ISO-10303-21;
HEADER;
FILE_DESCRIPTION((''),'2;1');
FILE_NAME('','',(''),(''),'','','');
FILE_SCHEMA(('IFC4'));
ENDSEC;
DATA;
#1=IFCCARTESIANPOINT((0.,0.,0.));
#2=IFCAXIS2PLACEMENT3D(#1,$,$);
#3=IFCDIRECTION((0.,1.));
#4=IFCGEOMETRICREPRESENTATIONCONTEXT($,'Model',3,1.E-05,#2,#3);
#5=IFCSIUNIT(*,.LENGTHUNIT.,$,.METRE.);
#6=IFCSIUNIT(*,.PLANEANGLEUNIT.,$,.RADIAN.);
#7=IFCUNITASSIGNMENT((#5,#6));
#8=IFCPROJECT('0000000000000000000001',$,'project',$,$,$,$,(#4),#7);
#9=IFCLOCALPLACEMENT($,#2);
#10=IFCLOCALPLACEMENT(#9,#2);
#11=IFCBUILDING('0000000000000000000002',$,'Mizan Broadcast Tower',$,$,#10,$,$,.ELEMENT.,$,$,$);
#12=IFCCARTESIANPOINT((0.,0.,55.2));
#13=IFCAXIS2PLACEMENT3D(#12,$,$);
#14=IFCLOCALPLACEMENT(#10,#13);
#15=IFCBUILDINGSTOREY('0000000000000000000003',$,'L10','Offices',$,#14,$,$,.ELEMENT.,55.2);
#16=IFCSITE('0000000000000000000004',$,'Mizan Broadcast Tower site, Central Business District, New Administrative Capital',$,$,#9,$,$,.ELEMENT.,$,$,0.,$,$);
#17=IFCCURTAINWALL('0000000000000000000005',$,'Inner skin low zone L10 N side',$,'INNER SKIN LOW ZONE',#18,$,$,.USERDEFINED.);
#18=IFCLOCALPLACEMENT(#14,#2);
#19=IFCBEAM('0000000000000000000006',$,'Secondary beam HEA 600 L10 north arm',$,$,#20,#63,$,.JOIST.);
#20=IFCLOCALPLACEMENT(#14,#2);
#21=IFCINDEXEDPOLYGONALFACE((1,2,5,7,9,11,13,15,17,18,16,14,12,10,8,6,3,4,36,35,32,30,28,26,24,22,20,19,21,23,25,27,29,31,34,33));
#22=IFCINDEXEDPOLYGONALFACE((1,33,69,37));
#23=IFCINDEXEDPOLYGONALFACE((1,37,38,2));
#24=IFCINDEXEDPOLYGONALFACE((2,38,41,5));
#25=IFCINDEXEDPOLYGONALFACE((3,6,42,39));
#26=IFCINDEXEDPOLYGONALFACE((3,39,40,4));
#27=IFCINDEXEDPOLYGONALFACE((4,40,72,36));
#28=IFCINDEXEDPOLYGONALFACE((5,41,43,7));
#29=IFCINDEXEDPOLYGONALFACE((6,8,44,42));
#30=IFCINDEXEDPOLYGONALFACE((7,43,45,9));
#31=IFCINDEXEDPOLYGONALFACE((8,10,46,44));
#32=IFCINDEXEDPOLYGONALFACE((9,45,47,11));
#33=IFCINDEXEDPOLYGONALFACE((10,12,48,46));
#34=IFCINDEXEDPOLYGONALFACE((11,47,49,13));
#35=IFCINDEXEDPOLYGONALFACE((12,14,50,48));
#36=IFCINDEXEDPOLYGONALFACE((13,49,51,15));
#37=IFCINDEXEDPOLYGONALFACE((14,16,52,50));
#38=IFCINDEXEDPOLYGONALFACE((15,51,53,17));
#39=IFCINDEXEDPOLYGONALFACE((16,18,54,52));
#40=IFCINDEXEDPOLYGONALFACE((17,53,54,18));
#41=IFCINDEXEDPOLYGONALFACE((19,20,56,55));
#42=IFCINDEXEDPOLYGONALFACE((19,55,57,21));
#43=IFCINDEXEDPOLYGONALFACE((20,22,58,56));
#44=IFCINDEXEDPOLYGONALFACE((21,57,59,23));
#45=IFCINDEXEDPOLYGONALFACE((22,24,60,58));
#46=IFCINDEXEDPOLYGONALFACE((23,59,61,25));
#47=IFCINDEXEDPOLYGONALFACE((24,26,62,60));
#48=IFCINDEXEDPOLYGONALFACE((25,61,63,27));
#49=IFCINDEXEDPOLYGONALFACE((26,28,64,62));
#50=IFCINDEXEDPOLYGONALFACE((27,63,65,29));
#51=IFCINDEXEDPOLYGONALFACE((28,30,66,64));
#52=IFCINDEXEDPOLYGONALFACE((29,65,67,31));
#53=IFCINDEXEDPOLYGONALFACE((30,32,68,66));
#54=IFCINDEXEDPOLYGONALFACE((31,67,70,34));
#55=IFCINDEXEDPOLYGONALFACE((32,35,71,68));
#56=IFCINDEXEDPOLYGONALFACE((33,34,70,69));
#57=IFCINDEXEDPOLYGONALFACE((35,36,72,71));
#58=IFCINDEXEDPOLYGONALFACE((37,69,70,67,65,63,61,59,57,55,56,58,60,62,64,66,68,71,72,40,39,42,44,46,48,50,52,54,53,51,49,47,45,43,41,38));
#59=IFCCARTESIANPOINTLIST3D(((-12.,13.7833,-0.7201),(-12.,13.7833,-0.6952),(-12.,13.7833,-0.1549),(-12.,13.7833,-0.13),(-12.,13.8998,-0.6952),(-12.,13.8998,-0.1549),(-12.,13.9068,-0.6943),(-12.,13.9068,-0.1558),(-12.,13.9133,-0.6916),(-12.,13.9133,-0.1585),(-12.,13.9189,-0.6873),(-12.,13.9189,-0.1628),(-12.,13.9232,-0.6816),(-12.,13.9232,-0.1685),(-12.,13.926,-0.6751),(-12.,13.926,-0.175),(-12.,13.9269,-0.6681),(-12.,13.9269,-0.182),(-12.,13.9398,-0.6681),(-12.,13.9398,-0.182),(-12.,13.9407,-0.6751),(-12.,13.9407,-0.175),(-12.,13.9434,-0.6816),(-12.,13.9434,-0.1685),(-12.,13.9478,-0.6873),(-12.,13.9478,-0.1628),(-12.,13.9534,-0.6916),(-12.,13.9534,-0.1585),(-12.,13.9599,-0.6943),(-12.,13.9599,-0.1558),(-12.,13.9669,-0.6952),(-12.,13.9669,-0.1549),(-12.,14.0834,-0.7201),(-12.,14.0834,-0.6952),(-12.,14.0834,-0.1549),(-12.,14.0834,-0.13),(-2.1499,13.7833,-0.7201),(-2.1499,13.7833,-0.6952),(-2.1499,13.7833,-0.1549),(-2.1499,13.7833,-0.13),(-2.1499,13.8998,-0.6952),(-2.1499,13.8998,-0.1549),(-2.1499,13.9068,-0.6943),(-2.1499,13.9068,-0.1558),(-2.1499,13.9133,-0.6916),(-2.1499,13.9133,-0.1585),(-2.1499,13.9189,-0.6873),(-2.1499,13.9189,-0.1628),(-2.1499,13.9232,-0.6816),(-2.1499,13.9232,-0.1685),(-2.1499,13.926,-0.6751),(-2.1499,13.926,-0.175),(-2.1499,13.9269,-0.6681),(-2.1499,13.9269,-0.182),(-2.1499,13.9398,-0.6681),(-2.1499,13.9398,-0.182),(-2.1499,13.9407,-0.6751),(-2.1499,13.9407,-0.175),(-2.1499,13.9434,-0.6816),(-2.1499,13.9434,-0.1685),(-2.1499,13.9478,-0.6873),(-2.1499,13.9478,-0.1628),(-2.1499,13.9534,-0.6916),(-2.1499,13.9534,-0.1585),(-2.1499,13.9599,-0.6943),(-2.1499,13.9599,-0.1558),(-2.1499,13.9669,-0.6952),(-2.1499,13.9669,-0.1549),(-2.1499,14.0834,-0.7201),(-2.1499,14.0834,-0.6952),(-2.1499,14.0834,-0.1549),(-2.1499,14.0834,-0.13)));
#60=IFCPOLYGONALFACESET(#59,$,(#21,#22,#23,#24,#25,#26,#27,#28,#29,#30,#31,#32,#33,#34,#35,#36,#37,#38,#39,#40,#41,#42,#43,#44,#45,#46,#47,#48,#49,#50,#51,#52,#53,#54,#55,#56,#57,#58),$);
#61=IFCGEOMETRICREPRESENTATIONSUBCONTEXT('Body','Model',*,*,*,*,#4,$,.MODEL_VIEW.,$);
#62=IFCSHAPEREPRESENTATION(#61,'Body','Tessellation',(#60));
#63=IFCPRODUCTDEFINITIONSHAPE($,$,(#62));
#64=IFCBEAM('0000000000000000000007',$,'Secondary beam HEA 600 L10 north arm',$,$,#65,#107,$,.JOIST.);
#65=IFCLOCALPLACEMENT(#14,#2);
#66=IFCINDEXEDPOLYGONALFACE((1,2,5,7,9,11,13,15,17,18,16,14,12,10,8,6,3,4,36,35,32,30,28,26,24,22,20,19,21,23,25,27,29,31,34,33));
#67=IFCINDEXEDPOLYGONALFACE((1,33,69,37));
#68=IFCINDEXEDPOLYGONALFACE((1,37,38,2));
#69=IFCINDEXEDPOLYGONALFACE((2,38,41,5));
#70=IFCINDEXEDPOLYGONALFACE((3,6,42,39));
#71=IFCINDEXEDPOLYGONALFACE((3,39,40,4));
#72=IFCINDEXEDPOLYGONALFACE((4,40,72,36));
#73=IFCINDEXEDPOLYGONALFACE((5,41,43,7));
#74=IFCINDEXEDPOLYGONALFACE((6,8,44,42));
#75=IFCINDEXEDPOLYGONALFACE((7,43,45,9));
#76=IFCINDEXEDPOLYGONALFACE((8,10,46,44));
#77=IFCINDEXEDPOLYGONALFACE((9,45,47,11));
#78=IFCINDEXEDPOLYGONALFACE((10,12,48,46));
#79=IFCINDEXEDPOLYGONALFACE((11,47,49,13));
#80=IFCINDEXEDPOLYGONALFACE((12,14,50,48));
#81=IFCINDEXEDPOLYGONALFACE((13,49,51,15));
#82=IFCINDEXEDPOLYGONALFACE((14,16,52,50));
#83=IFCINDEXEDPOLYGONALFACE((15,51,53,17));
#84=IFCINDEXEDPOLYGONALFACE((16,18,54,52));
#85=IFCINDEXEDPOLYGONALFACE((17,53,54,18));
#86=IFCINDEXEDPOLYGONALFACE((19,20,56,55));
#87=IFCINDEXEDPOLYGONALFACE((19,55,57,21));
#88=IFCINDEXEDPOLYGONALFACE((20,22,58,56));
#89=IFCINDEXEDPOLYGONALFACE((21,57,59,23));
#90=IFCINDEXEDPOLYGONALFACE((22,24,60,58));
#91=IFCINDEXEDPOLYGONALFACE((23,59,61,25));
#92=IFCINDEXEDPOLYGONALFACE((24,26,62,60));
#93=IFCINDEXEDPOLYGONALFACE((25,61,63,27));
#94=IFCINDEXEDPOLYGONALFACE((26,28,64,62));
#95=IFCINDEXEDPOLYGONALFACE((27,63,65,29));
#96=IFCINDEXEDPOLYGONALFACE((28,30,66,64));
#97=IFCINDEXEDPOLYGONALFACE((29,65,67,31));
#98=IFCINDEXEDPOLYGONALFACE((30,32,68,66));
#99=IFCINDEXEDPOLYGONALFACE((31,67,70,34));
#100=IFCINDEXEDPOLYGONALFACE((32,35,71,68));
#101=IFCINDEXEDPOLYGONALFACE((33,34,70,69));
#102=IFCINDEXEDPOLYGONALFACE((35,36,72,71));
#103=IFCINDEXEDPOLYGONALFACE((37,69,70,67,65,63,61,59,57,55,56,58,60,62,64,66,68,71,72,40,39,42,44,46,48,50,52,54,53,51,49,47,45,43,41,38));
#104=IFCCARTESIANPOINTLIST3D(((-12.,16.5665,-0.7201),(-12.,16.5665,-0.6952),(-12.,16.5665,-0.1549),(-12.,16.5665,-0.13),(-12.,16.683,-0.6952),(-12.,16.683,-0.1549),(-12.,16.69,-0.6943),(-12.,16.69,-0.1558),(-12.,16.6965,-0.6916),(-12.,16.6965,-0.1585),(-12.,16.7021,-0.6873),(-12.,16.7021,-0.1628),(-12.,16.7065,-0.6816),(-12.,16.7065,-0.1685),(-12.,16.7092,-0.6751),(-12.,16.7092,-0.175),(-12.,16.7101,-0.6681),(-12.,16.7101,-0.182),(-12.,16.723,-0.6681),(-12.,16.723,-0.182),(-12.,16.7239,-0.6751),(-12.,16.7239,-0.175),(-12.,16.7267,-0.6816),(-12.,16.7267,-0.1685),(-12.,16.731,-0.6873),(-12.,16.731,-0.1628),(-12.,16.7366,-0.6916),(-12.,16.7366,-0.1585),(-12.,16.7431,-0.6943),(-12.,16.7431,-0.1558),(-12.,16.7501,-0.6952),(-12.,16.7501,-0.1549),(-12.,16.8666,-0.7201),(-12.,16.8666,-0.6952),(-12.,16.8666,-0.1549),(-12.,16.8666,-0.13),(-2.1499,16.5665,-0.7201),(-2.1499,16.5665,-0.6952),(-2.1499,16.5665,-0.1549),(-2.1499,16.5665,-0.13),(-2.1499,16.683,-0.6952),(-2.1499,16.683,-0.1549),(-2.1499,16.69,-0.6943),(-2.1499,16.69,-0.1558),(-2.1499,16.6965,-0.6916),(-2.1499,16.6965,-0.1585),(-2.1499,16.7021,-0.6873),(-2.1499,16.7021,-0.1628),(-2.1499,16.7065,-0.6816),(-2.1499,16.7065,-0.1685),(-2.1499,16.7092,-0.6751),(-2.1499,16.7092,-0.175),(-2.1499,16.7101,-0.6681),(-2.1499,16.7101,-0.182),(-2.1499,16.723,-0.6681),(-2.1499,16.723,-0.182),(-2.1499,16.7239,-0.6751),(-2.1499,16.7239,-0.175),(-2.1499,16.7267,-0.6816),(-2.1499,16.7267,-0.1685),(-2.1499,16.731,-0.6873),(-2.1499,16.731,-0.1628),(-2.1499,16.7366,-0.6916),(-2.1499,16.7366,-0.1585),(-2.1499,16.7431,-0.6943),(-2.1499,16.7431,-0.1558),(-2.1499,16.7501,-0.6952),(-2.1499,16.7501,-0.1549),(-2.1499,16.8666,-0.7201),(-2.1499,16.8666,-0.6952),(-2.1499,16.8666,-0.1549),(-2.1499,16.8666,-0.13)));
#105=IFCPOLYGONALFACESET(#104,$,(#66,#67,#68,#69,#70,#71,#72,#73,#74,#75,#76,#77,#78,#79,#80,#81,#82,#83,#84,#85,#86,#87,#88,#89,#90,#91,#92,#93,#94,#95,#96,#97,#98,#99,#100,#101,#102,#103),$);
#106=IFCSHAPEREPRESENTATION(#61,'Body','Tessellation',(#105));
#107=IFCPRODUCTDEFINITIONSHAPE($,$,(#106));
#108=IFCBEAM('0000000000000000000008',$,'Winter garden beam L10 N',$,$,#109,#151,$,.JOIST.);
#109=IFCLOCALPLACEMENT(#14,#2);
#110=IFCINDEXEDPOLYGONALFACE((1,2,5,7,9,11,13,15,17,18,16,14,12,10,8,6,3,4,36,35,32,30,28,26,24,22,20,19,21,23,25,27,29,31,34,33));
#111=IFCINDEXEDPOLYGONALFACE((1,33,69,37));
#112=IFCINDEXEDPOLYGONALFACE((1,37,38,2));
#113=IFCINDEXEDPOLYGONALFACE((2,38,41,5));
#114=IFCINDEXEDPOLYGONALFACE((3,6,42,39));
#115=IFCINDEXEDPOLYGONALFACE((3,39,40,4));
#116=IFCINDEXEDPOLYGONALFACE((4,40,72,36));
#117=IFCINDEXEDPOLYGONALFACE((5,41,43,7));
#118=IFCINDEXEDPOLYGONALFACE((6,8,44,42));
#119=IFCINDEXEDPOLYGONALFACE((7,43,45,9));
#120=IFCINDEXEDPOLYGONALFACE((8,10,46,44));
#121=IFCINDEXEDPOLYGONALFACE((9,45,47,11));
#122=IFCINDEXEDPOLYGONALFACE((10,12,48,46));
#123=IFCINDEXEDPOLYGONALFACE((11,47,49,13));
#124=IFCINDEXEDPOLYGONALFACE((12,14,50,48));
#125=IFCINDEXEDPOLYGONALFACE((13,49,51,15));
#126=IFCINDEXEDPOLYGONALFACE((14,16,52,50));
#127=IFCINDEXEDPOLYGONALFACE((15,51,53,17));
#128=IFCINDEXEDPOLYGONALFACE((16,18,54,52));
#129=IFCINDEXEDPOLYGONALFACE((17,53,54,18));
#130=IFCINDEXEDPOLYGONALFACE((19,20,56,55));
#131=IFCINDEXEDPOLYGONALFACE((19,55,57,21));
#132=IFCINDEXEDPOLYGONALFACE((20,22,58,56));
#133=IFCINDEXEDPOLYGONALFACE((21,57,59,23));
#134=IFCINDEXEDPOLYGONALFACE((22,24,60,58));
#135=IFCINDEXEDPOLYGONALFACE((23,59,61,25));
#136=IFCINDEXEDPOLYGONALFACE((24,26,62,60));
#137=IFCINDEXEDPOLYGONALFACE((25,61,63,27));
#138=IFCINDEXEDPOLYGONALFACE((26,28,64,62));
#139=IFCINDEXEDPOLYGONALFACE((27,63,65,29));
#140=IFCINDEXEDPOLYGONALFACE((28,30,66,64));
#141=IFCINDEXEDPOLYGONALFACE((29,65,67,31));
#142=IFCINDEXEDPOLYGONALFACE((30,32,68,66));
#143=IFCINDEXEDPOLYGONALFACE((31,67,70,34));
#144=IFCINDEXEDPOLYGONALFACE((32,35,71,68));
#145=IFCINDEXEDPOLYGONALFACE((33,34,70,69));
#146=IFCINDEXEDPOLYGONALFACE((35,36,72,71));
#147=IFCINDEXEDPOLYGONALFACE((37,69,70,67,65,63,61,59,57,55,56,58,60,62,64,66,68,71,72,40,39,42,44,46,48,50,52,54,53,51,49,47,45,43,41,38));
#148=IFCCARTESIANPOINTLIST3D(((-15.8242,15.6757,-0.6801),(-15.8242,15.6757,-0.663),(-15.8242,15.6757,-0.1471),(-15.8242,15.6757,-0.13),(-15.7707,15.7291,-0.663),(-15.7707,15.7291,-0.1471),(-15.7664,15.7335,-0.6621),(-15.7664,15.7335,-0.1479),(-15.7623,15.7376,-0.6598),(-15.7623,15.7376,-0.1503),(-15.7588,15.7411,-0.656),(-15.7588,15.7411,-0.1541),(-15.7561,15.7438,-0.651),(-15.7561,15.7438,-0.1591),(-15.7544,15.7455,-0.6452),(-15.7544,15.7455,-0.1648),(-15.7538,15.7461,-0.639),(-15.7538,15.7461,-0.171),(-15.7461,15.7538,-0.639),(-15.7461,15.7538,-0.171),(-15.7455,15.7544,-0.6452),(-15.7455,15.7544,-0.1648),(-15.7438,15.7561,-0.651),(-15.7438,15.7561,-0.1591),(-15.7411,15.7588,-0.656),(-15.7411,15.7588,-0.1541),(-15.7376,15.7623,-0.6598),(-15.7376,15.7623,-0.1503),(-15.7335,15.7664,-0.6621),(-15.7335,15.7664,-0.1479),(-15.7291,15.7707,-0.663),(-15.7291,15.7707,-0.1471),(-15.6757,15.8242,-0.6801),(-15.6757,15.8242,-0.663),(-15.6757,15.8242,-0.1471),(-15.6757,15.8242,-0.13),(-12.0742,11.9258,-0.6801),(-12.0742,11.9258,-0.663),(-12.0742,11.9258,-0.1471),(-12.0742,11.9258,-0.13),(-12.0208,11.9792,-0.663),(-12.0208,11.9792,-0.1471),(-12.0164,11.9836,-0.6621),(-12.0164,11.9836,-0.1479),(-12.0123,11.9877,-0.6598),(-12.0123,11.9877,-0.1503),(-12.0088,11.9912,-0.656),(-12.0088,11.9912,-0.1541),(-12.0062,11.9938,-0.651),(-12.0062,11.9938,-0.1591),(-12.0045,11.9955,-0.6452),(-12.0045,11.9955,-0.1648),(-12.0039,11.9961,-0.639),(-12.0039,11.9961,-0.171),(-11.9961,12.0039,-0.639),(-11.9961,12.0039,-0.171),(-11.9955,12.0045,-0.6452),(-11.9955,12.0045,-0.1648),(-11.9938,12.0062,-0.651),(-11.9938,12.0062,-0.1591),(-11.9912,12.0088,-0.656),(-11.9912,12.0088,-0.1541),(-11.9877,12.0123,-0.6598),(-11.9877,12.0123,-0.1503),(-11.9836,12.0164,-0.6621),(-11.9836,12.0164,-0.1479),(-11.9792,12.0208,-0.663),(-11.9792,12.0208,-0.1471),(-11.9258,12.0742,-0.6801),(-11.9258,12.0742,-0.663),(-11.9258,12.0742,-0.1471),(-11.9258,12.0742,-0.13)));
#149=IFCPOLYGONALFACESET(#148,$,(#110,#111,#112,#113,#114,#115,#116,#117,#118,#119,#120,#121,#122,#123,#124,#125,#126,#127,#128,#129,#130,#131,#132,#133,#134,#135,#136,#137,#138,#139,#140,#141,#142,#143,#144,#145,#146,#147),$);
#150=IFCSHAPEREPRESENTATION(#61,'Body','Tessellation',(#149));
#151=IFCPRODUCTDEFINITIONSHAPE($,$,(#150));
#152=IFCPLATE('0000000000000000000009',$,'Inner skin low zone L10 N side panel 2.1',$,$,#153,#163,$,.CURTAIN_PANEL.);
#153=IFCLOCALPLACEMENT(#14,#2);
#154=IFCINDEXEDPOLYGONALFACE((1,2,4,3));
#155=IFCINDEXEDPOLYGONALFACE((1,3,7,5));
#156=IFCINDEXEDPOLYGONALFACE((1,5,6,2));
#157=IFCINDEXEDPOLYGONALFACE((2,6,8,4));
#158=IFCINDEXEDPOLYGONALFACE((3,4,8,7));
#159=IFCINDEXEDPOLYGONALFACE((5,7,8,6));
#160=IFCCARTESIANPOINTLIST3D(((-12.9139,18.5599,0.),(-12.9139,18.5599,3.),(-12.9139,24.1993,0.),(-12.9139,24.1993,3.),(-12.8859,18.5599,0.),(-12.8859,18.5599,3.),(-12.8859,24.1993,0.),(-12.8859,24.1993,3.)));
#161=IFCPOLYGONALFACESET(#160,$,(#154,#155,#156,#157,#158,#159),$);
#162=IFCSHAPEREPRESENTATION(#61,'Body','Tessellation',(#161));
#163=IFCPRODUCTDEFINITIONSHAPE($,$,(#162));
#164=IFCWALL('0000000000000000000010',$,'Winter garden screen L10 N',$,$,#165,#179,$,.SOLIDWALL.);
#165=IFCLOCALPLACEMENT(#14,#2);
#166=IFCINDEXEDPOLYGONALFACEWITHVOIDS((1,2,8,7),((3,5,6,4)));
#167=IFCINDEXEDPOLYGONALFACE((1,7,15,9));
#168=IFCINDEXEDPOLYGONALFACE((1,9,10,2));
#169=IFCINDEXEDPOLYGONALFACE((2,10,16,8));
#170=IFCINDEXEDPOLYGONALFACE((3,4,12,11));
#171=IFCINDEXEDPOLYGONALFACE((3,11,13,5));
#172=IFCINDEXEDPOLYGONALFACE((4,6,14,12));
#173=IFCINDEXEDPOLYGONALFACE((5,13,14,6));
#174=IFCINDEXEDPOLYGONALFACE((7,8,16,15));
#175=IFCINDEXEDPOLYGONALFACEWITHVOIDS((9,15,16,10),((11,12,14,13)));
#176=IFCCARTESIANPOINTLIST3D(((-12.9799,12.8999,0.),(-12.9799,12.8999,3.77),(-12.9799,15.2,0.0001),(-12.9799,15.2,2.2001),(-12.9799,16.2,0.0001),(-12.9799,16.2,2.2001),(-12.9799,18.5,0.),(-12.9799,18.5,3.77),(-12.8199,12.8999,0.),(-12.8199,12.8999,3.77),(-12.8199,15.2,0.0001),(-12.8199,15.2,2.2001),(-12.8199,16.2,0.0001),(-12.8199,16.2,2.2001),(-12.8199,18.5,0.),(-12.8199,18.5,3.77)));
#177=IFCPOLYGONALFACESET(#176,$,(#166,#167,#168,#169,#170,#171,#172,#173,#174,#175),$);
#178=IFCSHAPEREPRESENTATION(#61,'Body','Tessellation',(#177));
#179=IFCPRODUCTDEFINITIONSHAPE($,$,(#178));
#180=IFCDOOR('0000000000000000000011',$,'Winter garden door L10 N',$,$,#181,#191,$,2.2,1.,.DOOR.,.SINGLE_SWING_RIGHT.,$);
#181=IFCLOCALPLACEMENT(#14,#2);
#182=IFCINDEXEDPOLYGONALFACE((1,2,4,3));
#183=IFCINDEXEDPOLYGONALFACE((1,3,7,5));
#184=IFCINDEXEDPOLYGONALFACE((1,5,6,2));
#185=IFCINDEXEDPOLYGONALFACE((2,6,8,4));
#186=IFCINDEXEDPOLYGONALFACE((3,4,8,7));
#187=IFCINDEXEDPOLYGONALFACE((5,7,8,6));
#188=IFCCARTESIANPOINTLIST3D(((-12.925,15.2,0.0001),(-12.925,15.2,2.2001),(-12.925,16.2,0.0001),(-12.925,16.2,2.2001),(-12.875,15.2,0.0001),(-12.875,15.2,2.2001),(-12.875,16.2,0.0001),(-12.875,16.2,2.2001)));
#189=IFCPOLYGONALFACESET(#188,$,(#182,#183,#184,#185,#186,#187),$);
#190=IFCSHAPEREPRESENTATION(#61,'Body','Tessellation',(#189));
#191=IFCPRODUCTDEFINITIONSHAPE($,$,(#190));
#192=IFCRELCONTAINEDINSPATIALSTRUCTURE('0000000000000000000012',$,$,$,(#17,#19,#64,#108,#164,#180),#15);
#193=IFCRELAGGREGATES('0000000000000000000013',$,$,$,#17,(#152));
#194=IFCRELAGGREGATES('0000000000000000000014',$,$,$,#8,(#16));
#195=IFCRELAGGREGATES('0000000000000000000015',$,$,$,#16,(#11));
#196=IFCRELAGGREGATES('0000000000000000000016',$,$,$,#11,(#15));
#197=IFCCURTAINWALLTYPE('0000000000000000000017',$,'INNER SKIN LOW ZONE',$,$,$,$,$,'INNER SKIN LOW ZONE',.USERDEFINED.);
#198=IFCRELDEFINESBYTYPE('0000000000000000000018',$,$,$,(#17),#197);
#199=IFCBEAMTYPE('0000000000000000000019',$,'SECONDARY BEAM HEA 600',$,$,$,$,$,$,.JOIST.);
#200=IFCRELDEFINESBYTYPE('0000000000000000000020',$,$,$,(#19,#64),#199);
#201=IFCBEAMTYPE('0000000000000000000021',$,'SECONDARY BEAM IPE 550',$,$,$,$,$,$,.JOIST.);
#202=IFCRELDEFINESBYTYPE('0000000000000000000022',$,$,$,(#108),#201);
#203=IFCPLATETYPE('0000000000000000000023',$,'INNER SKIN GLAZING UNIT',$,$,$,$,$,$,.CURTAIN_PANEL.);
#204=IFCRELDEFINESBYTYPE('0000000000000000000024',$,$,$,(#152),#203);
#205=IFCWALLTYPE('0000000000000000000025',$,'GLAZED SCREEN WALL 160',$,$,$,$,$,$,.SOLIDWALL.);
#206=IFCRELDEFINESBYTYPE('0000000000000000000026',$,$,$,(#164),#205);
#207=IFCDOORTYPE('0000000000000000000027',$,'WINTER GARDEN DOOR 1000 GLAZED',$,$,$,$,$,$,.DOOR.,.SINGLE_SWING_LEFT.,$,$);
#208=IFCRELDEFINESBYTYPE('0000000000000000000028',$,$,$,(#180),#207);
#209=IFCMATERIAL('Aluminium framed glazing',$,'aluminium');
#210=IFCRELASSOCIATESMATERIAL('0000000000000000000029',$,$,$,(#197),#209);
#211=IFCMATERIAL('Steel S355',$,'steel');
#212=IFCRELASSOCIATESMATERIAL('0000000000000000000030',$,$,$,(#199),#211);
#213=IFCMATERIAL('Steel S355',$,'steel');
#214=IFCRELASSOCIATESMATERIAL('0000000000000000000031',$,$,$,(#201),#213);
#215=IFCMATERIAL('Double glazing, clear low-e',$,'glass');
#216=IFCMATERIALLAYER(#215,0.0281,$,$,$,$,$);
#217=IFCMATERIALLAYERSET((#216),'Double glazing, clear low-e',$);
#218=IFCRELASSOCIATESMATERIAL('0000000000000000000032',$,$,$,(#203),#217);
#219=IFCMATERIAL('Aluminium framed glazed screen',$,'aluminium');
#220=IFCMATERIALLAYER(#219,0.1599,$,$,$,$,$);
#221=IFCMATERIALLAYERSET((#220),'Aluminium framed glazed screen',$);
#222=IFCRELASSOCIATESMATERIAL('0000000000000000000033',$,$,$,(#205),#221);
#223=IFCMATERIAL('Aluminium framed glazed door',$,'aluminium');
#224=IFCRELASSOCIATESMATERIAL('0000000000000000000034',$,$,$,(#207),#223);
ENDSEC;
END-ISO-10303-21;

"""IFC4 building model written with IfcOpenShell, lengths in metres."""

from ifc_helpers import new_model, si_unit, direction, frame, frame_2d, origin, origin_2d, place, context, subcontext, project, spatial, rectangle, i_section, extrude, material, layer, layer_set, material_profile, profile_set, type_object, element, fill, aggregate, save


model = new_model("IFC4")

# Units and contexts
model_context = context("Model", 3, precision=1e-05, world=origin(), true_north=direction((0.0, 1.0)))
body_context = subcontext(model_context, "Body", "Model", "MODEL_VIEW")
ifc_project = project(units=[si_unit("LENGTHUNIT", "METRE"), si_unit("PLANEANGLEUNIT", "RADIAN")], contexts=[model_context])

# Site, building, storey
site_placement = place(None, origin())
site = spatial("IfcSite", under=ifc_project, at=site_placement, Name="Mizan Broadcast Tower site, Central Business District, New Administrative Capital", CompositionType="ELEMENT", RefElevation=0.0)
building_placement = place(site_placement, origin())
building = spatial("IfcBuilding", under=site, at=building_placement, Name="Mizan Broadcast Tower", CompositionType="ELEMENT")
storey_placement = place(building_placement, frame((0.0, 0.0, 55.2)))
storey = spatial("IfcBuildingStorey", under=building, at=storey_placement, Name="L10", Description="Offices", CompositionType="ELEMENT", Elevation=55.2)

# Curtain wall
ifc_material_1 = material(Name="Aluminium framed glazing", Category="aluminium")
curtain_wall_type = type_object("IfcCurtainWallType", Name="INNER SKIN LOW ZONE", ElementType="INNER SKIN LOW ZONE", PredefinedType="USERDEFINED", material=ifc_material_1)
curtain_wall_placement = place(storey_placement, origin())
curtain_wall = element("IfcCurtainWall", 1, at=curtain_wall_placement, inside=storey, type_object=curtain_wall_type, Name="Inner skin low zone L10 N side", ObjectType="INNER SKIN LOW ZONE", PredefinedType="USERDEFINED")

# Beams
ifc_material_2 = material(Name="Steel S355", Category="steel")
ifc_material_profile_1 = material_profile(ifc_material_2, i_section(OverallWidth=0.3, OverallDepth=0.5901, WebThickness=0.0129, FlangeThickness=0.0249, FilletRadius=0.0271, at=origin_2d()), Name="HEA 600")
ifc_profile_set_1 = profile_set([ifc_material_profile_1], Name="Steel S355")
beam_type_1 = type_object("IfcBeamType", Name="SECONDARY BEAM HEA 600", PredefinedType="JOIST", material=ifc_profile_set_1)
for number, where, z_axis, x_axis, name in (
    (2, (-12.0, 13.9333, -0.425), (1.0, 0.0, 0.0), (0.0, 1.0, 0.0), "Secondary beam HEA 600 L10 north arm"),
    (3, (-12.0, 16.7166, -0.425), (1.0, 0.0, 0.0), (0.0, 1.0, 0.0), "Secondary beam HEA 600 L10 north arm"),
):
    element("IfcBeam", number, at=place(storey_placement, frame(where, z_axis=z_axis, x_axis=x_axis)), inside=storey, type_object=beam_type_1, Name=name, PredefinedType="JOIST", context=body_context, shape_type="SweptSolid", body=[
        extrude(i_section(OverallWidth=0.3, OverallDepth=0.5901, WebThickness=0.0129, FlangeThickness=0.0249, FilletRadius=0.0271, at=origin_2d()), origin(), (0.0, 0.0, 1.0), 9.8501),
    ])
ifc_material_3 = material(Name="Steel S355", Category="steel")
ifc_material_profile_2 = material_profile(ifc_material_3, i_section(OverallWidth=0.21, OverallDepth=0.55, WebThickness=0.011, FlangeThickness=0.0171, FilletRadius=0.0239, at=origin_2d()), Name="IPE 550")
ifc_profile_set_2 = profile_set([ifc_material_profile_2], Name="Steel S355")
beam_type_2 = type_object("IfcBeamType", Name="SECONDARY BEAM IPE 550", PredefinedType="JOIST", material=ifc_profile_set_2)
beam_1_placement = place(storey_placement, frame((-12.0, 12.0, -0.405), z_axis=(-0.707107, 0.707107, 0.0), x_axis=(-0.707107, -0.707107, 0.0)))
element("IfcBeam", 4, at=beam_1_placement, inside=storey, type_object=beam_type_2, Name="Winter garden beam L10 N", PredefinedType="JOIST", context=body_context, shape_type="SweptSolid", body=[
    extrude(i_section(OverallWidth=0.21, OverallDepth=0.55, WebThickness=0.011, FlangeThickness=0.0171, FilletRadius=0.0239, at=origin_2d()), origin(), (0.0, 0.0, 1.0), 5.3032),
])

# Plate
ifc_material_4 = material(Name="Double glazing, clear low-e", Category="glass")
ifc_layer_1 = layer(ifc_material_4, 0.0281)
ifc_layer_set_1 = layer_set([ifc_layer_1], Name="Double glazing, clear low-e")
plate_type = type_object("IfcPlateType", Name="INNER SKIN GLAZING UNIT", PredefinedType="CURTAIN_PANEL", material=ifc_layer_set_1)
plate_placement = place(storey_placement, frame((-12.8999, 21.3796, 0.0), z_axis=(0.0, 0.0, 1.0), x_axis=(0.0, -1.0, 0.0)))
plate = element("IfcPlate", 5, at=plate_placement, type_object=plate_type, Name="Inner skin low zone L10 N side panel 2.1", PredefinedType="CURTAIN_PANEL", context=body_context, shape_type="SweptSolid", body=[
    extrude(rectangle(XDim=5.6394, YDim=0.0281, at=origin_2d()), origin(), (0.0, 0.0, 1.0), 3.0),
])
aggregate(curtain_wall, [plate])

# Wall, opening, door
ifc_material_5 = material(Name="Aluminium framed glazed screen", Category="aluminium")
ifc_layer_2 = layer(ifc_material_5, 0.1599)
ifc_layer_set_2 = layer_set([ifc_layer_2], Name="Aluminium framed glazed screen")
wall_type_1 = type_object("IfcWallType", Name="GLAZED SCREEN WALL 160", PredefinedType="SOLIDWALL", material=ifc_layer_set_2)
wall_1_placement = place(storey_placement, frame((-12.8999, 18.5, 0.0), z_axis=(0.0, 0.0, 1.0), x_axis=(0.0, -1.0, 0.0)))
wall_1 = element("IfcWall", 6, at=wall_1_placement, inside=storey, type_object=wall_type_1, Name="Winter garden screen L10 N", PredefinedType="SOLIDWALL", context=body_context, shape_type="SweptSolid", body=[
    extrude(rectangle(XDim=5.6001, YDim=0.1599, at=frame_2d((2.8, 0.0))), origin(), (0.0, 0.0, 1.0), 3.77),
])
opening_1_placement = place(wall_1_placement, frame((2.3, 0.0, 0.0)))
opening_1 = element("IfcOpeningElement", 7, at=opening_1_placement, cuts=wall_1, PredefinedType="OPENING", context=body_context, shape_type="SweptSolid", body=[
    extrude(rectangle(XDim=1.0, YDim=2.2, at=frame_2d((0.5, 1.1001))), frame((0.0, 0.0898, 0.0), z_axis=(0.0, -1.0, 0.0), x_axis=(1.0, 0.0, 0.0)), (0.0, 0.0, 1.0), 0.1799),
])
ifc_material_6 = material(Name="Aluminium framed glazed door", Category="aluminium")
door_type_1 = type_object("IfcDoorType", Name="WINTER GARDEN DOOR 1000 GLAZED", OperationType="SINGLE_SWING_LEFT", PredefinedType="DOOR", material=ifc_material_6)
door_1_placement = place(opening_1_placement, origin())
door_1 = element("IfcDoor", 8, at=door_1_placement, inside=storey, type_object=door_type_1, Name="Winter garden door L10 N", OperationType="SINGLE_SWING_RIGHT", OverallHeight=2.2, OverallWidth=1.0, PredefinedType="DOOR", context=body_context, shape_type="SweptSolid", body=[
    extrude(rectangle(XDim=1.0, YDim=2.2, at=frame_2d((0.5, 1.1001))), frame((0.0, 0.0249, 0.0), z_axis=(0.0, -1.0, 0.0), x_axis=(1.0, 0.0, 0.0)), (0.0, 0.0, 1.0), 0.05),
])
fill(opening_1, door_1)

save(model, "model.ifc")
